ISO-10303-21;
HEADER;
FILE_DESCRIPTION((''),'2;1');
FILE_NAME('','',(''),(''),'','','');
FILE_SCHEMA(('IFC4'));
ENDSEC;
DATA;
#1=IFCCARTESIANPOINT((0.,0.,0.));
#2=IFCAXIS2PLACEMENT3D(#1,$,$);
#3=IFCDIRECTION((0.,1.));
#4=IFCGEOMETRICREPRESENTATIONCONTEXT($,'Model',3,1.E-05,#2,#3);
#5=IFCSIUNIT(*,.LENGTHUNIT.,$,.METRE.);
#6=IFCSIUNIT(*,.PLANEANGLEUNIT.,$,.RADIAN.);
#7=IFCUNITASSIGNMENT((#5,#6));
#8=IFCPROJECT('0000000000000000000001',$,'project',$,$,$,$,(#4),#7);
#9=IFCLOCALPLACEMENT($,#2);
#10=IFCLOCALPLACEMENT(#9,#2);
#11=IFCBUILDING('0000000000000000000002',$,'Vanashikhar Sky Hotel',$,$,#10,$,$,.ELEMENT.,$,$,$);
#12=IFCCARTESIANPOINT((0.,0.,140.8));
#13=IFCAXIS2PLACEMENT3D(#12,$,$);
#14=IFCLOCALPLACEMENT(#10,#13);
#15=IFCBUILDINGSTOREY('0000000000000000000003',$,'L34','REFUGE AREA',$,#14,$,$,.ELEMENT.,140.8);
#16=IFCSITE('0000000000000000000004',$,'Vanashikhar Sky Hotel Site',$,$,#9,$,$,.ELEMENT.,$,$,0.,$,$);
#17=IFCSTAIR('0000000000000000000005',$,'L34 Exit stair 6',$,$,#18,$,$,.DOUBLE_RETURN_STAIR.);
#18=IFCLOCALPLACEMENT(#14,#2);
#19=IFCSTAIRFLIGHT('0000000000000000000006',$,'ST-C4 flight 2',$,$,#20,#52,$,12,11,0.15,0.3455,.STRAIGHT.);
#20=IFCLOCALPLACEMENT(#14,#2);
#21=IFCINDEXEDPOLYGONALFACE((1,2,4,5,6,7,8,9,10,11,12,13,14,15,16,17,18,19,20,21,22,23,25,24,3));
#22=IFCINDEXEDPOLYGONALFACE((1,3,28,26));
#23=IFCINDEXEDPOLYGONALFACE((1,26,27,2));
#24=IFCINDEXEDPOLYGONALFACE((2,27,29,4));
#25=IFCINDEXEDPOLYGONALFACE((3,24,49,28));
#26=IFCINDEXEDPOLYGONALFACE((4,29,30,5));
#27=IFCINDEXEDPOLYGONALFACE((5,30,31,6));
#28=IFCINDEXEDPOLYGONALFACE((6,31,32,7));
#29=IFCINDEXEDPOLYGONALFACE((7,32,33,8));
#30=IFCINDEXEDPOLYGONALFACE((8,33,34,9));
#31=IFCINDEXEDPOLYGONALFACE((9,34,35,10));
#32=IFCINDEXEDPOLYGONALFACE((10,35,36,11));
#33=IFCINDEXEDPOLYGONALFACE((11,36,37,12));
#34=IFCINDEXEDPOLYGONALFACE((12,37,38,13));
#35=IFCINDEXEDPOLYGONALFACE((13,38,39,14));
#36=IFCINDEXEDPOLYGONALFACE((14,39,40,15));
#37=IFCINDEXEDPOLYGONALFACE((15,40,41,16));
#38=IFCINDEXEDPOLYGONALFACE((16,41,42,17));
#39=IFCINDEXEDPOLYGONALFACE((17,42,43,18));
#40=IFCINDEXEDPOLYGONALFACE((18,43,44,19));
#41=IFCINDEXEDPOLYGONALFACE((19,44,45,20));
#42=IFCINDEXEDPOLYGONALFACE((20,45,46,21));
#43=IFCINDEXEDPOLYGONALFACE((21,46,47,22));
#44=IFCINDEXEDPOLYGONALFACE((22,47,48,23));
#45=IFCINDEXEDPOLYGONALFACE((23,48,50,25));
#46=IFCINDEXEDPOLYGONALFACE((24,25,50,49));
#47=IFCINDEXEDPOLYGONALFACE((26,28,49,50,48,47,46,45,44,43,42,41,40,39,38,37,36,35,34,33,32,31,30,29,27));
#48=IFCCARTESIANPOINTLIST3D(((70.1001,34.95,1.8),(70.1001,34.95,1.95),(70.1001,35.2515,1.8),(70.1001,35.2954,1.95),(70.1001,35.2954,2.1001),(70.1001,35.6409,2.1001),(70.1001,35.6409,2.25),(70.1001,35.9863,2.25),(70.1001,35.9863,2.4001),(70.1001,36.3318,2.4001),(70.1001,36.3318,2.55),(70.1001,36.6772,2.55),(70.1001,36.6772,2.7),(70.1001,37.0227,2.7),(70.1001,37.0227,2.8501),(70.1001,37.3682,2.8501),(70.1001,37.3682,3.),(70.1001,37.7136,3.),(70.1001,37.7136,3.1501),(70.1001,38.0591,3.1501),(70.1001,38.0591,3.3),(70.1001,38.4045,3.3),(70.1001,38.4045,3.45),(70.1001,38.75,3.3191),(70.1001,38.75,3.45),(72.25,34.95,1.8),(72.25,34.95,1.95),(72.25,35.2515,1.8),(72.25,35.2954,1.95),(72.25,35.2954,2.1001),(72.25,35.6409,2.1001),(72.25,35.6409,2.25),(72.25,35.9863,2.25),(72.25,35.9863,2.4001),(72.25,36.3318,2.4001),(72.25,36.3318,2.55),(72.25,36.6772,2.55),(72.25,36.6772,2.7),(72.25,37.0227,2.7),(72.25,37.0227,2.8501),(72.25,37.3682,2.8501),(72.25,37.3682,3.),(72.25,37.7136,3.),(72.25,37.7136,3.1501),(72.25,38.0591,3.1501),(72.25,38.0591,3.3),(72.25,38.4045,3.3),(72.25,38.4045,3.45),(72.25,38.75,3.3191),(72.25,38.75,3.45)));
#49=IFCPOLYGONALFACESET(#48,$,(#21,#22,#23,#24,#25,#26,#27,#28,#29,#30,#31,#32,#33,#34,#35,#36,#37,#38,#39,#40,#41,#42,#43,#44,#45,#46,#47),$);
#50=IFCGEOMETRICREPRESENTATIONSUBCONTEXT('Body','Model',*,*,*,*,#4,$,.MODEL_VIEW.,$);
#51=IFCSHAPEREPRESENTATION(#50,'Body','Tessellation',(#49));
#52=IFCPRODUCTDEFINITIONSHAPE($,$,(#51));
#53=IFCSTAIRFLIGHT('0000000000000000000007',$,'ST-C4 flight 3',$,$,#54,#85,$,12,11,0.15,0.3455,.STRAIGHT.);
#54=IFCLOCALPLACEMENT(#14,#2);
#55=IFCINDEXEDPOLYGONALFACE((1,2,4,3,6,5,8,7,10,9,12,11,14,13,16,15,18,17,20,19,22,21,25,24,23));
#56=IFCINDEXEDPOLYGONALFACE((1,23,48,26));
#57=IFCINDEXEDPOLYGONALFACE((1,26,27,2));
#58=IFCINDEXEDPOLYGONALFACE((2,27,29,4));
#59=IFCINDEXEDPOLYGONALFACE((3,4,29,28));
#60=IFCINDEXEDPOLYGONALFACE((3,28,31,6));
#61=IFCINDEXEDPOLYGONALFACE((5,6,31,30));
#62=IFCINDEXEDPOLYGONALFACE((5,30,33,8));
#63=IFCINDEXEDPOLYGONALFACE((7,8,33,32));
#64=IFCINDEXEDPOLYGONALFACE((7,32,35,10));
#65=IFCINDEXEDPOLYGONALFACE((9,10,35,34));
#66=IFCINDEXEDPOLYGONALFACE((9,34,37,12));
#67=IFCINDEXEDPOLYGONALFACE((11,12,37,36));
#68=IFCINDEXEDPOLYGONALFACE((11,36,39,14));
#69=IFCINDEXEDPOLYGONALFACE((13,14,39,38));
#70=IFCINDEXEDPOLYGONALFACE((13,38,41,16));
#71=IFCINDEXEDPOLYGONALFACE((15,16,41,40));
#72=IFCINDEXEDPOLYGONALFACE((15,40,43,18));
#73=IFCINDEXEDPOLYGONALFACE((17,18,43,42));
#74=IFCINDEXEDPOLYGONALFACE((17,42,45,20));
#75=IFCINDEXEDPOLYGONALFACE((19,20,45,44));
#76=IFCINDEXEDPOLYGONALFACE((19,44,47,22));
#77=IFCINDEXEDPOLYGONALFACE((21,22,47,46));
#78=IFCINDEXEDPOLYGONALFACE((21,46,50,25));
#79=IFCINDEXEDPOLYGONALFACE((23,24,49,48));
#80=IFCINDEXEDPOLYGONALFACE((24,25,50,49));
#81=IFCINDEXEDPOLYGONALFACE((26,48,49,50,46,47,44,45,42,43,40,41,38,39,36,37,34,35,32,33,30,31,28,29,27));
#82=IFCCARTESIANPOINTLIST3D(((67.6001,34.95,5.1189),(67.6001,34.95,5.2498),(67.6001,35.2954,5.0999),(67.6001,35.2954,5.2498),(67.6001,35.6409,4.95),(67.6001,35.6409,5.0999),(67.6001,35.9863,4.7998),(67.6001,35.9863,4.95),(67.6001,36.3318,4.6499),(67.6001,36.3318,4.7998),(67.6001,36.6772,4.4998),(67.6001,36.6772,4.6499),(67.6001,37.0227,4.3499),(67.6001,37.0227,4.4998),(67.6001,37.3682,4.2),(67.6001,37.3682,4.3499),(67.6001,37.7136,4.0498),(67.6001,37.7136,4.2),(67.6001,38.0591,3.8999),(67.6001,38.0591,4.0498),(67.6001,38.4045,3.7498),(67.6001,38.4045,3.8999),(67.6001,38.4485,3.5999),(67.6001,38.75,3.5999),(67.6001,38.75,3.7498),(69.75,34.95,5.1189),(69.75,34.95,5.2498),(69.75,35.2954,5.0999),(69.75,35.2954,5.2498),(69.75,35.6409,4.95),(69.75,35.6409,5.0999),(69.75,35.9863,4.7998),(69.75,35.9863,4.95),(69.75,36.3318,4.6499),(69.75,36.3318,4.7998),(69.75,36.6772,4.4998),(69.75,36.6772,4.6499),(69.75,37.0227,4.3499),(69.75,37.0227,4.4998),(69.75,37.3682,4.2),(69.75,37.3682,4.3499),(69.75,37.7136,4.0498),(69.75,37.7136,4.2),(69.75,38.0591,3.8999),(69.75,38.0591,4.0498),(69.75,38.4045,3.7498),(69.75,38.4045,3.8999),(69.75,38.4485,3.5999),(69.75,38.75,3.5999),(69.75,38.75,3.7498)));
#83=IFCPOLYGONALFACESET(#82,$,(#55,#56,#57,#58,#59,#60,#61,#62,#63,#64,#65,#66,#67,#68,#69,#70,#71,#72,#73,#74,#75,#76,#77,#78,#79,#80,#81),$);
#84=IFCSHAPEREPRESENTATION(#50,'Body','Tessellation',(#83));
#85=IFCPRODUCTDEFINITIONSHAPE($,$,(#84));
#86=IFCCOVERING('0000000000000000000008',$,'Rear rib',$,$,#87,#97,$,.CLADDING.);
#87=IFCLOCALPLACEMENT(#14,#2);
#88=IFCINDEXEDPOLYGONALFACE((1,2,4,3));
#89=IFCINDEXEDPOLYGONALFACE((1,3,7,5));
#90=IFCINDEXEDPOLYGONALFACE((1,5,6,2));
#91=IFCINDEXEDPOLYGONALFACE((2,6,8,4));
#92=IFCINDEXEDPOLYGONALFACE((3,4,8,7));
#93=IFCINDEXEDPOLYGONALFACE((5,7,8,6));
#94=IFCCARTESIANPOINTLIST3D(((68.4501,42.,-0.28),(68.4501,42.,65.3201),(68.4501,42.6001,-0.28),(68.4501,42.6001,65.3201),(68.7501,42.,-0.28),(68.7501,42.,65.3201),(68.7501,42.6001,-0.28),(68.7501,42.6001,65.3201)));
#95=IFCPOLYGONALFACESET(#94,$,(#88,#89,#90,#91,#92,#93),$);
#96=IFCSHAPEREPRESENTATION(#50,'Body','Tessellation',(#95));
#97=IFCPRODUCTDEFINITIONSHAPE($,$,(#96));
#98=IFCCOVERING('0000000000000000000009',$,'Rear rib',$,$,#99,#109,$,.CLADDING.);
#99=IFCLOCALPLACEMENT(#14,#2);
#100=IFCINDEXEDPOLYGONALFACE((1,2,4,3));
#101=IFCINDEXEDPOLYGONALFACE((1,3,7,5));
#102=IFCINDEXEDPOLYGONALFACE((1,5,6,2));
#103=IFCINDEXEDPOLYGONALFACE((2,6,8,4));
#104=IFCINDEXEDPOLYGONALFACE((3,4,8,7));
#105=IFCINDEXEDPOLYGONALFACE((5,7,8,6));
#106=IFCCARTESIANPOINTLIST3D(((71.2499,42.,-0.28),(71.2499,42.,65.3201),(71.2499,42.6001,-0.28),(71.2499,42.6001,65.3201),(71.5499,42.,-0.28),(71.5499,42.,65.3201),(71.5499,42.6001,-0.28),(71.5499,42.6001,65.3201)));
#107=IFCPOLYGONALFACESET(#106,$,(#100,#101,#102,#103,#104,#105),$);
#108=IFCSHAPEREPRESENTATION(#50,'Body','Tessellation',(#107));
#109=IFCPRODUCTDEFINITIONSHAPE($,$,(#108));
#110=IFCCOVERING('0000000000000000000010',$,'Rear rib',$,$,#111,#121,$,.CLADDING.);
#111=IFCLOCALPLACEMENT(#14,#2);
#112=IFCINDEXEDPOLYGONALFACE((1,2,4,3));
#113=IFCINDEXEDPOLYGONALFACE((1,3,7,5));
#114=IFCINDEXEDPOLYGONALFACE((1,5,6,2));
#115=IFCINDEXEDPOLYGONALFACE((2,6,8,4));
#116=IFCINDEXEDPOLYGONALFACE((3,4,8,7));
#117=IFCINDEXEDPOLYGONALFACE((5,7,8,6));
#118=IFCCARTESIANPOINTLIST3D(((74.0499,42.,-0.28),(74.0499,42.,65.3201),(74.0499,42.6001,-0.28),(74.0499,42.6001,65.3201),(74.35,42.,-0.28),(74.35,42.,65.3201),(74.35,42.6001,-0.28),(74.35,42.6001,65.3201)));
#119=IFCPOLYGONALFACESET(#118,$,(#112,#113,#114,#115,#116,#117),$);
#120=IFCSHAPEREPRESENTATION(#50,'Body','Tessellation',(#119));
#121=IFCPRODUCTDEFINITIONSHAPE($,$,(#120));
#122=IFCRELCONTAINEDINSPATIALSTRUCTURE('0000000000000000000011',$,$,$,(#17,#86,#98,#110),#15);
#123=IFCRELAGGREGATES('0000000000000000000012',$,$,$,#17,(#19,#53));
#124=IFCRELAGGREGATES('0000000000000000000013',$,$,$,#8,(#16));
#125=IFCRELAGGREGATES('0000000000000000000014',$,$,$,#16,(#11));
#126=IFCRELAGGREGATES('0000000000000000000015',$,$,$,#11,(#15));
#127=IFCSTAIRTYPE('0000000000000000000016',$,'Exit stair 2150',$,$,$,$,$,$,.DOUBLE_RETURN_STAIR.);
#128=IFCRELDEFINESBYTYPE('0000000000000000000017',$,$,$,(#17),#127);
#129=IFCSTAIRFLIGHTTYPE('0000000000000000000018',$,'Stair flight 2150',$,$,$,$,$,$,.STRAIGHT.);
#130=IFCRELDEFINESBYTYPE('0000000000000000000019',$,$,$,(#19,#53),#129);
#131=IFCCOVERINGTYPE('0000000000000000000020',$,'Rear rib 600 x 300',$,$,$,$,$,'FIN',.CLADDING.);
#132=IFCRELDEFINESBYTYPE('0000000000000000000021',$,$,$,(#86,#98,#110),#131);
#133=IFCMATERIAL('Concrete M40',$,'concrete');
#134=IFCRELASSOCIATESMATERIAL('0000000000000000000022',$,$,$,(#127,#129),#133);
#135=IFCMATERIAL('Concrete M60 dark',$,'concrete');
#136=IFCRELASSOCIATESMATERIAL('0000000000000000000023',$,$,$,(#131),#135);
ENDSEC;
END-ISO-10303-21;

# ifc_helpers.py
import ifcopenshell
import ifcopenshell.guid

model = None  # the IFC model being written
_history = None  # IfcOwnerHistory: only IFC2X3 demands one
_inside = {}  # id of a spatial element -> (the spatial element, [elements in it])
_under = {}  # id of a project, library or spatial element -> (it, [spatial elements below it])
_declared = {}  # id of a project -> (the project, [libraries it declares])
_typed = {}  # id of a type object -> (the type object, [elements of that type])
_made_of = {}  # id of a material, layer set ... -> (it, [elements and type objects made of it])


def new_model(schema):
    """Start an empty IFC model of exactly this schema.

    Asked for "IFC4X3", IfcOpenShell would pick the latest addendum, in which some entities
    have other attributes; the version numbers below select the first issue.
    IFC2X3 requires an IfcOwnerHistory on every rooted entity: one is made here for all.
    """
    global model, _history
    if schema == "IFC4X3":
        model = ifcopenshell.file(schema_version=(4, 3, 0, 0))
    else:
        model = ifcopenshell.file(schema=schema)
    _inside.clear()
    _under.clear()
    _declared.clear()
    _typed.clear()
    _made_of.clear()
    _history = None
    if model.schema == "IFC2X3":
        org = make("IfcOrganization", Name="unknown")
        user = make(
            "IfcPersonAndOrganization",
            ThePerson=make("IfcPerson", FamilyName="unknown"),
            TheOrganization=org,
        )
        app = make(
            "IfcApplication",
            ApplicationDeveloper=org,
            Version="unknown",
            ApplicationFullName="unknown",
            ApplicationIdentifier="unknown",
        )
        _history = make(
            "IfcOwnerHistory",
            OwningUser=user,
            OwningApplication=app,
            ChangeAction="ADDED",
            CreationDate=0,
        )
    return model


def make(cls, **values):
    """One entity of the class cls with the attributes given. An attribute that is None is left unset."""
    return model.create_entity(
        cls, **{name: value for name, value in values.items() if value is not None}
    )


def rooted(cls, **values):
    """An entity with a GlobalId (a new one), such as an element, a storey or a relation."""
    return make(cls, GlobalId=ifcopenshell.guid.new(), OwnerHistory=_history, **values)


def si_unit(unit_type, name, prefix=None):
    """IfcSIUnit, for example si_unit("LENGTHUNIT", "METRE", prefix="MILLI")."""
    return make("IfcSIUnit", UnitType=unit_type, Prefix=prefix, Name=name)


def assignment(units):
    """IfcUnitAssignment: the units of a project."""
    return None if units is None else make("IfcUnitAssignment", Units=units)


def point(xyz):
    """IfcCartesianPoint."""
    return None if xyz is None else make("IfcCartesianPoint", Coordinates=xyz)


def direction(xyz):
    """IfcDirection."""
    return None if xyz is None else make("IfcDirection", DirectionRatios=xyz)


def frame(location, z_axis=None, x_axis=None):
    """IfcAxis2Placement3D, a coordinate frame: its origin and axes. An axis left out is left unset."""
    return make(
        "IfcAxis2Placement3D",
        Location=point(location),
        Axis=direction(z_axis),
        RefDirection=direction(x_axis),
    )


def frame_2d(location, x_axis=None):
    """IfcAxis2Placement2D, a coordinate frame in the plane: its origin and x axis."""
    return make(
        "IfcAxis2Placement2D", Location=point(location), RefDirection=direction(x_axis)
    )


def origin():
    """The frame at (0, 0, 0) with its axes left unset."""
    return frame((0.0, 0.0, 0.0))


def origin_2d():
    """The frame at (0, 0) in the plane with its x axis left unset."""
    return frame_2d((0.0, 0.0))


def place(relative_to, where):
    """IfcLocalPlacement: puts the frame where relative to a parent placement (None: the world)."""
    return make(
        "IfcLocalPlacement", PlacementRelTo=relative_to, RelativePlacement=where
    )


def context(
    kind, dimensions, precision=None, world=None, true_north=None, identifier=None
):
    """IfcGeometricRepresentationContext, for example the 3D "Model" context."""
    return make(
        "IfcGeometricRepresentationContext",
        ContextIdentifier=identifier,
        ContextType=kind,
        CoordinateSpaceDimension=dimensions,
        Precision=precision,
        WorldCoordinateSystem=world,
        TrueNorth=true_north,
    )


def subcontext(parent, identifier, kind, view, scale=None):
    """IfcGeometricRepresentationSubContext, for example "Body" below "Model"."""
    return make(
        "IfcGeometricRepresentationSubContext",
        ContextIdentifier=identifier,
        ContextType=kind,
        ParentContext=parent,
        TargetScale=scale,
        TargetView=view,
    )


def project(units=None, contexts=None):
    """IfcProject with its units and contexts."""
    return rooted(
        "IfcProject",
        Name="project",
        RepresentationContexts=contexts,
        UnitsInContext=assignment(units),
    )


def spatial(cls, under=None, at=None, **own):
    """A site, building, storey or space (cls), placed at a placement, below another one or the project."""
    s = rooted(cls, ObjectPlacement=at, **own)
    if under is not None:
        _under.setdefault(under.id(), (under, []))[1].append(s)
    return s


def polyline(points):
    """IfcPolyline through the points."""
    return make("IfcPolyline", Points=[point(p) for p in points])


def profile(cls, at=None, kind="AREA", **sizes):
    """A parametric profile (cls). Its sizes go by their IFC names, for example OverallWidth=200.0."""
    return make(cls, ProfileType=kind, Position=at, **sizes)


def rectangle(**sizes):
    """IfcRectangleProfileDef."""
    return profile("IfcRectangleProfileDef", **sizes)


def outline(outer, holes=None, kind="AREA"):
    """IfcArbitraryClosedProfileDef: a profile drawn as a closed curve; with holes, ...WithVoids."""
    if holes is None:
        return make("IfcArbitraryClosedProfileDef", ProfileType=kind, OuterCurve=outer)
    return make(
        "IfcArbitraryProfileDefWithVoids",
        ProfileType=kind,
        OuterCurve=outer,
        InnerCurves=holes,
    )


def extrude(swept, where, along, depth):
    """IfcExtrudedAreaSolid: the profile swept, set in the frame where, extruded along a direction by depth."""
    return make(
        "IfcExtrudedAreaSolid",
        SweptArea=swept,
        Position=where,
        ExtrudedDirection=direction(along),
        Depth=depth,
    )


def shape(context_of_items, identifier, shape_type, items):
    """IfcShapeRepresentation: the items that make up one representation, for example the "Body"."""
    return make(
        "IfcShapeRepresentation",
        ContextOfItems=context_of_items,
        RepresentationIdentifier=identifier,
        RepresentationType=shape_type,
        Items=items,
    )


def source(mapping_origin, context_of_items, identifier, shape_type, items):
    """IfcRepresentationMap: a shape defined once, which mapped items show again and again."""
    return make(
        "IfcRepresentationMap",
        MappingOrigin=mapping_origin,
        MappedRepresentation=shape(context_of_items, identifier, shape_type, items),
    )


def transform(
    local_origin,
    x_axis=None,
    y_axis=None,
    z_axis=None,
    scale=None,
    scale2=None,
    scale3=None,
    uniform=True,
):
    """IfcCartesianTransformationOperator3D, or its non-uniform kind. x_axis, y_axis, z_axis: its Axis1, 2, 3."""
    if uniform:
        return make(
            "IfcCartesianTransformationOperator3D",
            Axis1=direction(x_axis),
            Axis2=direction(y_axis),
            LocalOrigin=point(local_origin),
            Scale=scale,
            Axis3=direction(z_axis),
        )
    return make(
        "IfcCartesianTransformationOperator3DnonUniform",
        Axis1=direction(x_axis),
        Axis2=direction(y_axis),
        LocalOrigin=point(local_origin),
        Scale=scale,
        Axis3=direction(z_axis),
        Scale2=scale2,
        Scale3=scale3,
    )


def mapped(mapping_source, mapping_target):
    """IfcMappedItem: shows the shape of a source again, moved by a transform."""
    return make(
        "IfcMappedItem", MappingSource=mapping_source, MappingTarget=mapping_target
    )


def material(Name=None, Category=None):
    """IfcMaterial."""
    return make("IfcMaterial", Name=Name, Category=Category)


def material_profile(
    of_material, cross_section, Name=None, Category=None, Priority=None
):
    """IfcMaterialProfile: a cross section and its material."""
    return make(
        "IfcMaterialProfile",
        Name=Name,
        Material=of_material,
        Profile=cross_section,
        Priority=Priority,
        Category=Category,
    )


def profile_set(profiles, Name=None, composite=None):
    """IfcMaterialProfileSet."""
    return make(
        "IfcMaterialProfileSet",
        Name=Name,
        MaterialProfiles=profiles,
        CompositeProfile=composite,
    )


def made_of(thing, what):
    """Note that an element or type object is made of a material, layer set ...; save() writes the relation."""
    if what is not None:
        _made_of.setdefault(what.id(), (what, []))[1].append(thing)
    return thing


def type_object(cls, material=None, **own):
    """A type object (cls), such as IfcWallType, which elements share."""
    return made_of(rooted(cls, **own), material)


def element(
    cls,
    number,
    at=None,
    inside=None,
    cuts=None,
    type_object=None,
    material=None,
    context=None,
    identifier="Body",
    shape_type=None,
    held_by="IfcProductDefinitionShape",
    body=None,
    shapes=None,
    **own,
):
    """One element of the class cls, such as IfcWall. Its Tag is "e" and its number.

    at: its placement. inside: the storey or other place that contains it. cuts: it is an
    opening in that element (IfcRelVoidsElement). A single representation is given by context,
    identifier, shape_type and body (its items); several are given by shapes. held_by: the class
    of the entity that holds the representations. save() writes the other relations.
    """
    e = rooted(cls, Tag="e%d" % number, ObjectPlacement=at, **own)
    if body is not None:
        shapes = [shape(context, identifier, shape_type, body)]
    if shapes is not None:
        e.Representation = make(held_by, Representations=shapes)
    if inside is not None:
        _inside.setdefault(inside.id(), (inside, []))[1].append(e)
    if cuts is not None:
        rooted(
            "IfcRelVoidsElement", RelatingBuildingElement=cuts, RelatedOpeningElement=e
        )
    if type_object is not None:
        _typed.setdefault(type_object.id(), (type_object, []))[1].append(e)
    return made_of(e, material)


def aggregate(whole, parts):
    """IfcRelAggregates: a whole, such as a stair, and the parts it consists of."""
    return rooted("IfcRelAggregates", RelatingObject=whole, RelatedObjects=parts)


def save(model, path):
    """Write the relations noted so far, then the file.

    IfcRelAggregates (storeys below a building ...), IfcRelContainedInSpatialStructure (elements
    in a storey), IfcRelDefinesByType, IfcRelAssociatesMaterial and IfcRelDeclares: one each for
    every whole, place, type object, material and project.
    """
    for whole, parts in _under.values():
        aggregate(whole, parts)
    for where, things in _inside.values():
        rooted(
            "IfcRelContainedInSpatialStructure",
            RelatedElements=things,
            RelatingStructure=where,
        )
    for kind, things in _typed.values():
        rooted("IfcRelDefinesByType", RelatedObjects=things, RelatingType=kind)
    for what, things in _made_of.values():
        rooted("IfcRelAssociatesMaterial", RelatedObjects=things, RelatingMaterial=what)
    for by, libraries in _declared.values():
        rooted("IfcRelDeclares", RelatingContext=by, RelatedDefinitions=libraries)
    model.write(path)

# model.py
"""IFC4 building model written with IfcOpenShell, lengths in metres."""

from ifc_helpers import new_model, si_unit, direction, frame, origin, origin_2d, place, context, subcontext, project, spatial, polyline, rectangle, outline, extrude, source, transform, mapped, material, material_profile, profile_set, type_object, element, aggregate, save


model = new_model("IFC4")

# Units and contexts
model_context = context("Model", 3, precision=1e-05, world=origin(), true_north=direction((0.0, 1.0)))
body_context = subcontext(model_context, "Body", "Model", "MODEL_VIEW")
ifc_project = project(units=[si_unit("LENGTHUNIT", "METRE"), si_unit("PLANEANGLEUNIT", "RADIAN")], contexts=[model_context])

# Site, building, storey
site_placement = place(None, origin())
site = spatial("IfcSite", under=ifc_project, at=site_placement, Name="Vanashikhar Sky Hotel Site", CompositionType="ELEMENT", RefElevation=0.0)
building_placement = place(site_placement, origin())
building = spatial("IfcBuilding", under=site, at=building_placement, Name="Vanashikhar Sky Hotel", CompositionType="ELEMENT")
storey_placement = place(building_placement, frame((0.0, 0.0, 140.8)))
storey = spatial("IfcBuildingStorey", under=building, at=storey_placement, Name="L34", Description="REFUGE AREA", CompositionType="ELEMENT", Elevation=140.8)

# Shared definitions
ifc_material_1 = material(Name="Concrete M40", Category="concrete")

# Stair, stair flights
stair_type = type_object("IfcStairType", Name="Exit stair 2150", PredefinedType="DOUBLE_RETURN_STAIR", material=ifc_material_1)
stair_flight_type = type_object("IfcStairFlightType", Name="Stair flight 2150", PredefinedType="STRAIGHT", material=ifc_material_1)
shared_shape_1 = source(origin(), body_context, "Body", "SweptSolid", [
    extrude(outline(polyline([(0.0, 0.0), (0.0, 0.1499), (0.3455, 0.1499), (0.3455, 0.3), (0.6909, 0.3), (0.6909, 0.45), (1.0364, 0.45), (1.0364, 0.6001), (1.3818, 0.6001), (1.3818, 0.75), (1.7273, 0.75), (1.7273, 0.8999), (2.0728, 0.8999), (2.0728, 1.05), (2.4182, 1.05), (2.4182, 1.2), (2.7637, 1.2), (2.7637, 1.3501), (3.1091, 1.3501), (3.1091, 1.5), (3.4546, 1.5), (3.4546, 1.6499), (3.8, 1.6499), (3.8, 1.8), (3.8, 1.519), (0.3015, 0.0), (0.0, 0.0)])), frame((0.0, 1.075, 0.0), z_axis=(0.0, -1.0, 0.0), x_axis=(1.0, 0.0, 0.0)), (0.0, 0.0, 1.0), 2.1499),
])
stair_1_placement = place(storey_placement, origin())
stair_1 = element("IfcStair", 1, at=stair_1_placement, inside=storey, type_object=stair_type, Name="L34 Exit stair 6", PredefinedType="DOUBLE_RETURN_STAIR")
stair_flight_1_placement = place(storey_placement, frame((71.175, 34.95, 1.8), z_axis=(0.0, 0.0, 1.0), x_axis=(0.0, 1.0, 0.0)))
stair_flight_1 = element("IfcStairFlight", 2, at=stair_flight_1_placement, type_object=stair_flight_type, Name="ST-C4 flight 2", NumberOfRisers=12, NumberOfTreads=11, PredefinedType="STRAIGHT", RiserHeight=0.15, TreadLength=0.3455, context=body_context, shape_type="MappedRepresentation", body=[
    mapped(shared_shape_1, transform((0.0, 0.0, 0.0), scale=1.0)),
])
stair_flight_2_placement = place(storey_placement, frame((68.675, 38.75, 3.5999), z_axis=(0.0, 0.0, 1.0), x_axis=(0.0, -1.0, 0.0)))
stair_flight_2 = element("IfcStairFlight", 3, at=stair_flight_2_placement, type_object=stair_flight_type, Name="ST-C4 flight 3", NumberOfRisers=12, NumberOfTreads=11, PredefinedType="STRAIGHT", RiserHeight=0.15, TreadLength=0.3455, context=body_context, shape_type="MappedRepresentation", body=[
    mapped(shared_shape_1, transform((0.0, 0.0, 0.0), scale=1.0)),
])
aggregate(stair_1, [stair_flight_1, stair_flight_2])

# Coverings
ifc_material_2 = material(Name="Concrete M60 dark", Category="concrete")
ifc_material_profile = material_profile(ifc_material_2, rectangle(XDim=0.6001, YDim=0.3, at=origin_2d()))
ifc_profile_set = profile_set([ifc_material_profile], Name="Rear rib 600 x 300")
covering_type = type_object("IfcCoveringType", Name="Rear rib 600 x 300", ElementType="FIN", PredefinedType="CLADDING", material=ifc_profile_set)
shared_shape_2 = source(origin(), body_context, "Body", "SweptSolid", [
    extrude(rectangle(XDim=0.6001, YDim=0.3, at=origin_2d()), origin(), (0.0, 0.0, 1.0), 65.6001),
])
for number, where, z_axis, x_axis, name in (
    (4, (68.6001, 42.3, -0.28), (0.0, 0.0, 1.0), (0.0, 1.0, 0.0), "Rear rib"),
    (5, (71.3999, 42.3, -0.28), (0.0, 0.0, 1.0), (0.0, 1.0, 0.0), "Rear rib"),
    (6, (74.2, 42.3, -0.28), (0.0, 0.0, 1.0), (0.0, 1.0, 0.0), "Rear rib"),
):
    element("IfcCovering", number, at=place(storey_placement, frame(where, z_axis=z_axis, x_axis=x_axis)), inside=storey, type_object=covering_type, Name=name, PredefinedType="CLADDING", context=body_context, shape_type="MappedRepresentation", body=[
        mapped(shared_shape_2, transform((0.0, 0.0, 0.0), scale=1.0)),
    ])

save(model, "model.ifc")
